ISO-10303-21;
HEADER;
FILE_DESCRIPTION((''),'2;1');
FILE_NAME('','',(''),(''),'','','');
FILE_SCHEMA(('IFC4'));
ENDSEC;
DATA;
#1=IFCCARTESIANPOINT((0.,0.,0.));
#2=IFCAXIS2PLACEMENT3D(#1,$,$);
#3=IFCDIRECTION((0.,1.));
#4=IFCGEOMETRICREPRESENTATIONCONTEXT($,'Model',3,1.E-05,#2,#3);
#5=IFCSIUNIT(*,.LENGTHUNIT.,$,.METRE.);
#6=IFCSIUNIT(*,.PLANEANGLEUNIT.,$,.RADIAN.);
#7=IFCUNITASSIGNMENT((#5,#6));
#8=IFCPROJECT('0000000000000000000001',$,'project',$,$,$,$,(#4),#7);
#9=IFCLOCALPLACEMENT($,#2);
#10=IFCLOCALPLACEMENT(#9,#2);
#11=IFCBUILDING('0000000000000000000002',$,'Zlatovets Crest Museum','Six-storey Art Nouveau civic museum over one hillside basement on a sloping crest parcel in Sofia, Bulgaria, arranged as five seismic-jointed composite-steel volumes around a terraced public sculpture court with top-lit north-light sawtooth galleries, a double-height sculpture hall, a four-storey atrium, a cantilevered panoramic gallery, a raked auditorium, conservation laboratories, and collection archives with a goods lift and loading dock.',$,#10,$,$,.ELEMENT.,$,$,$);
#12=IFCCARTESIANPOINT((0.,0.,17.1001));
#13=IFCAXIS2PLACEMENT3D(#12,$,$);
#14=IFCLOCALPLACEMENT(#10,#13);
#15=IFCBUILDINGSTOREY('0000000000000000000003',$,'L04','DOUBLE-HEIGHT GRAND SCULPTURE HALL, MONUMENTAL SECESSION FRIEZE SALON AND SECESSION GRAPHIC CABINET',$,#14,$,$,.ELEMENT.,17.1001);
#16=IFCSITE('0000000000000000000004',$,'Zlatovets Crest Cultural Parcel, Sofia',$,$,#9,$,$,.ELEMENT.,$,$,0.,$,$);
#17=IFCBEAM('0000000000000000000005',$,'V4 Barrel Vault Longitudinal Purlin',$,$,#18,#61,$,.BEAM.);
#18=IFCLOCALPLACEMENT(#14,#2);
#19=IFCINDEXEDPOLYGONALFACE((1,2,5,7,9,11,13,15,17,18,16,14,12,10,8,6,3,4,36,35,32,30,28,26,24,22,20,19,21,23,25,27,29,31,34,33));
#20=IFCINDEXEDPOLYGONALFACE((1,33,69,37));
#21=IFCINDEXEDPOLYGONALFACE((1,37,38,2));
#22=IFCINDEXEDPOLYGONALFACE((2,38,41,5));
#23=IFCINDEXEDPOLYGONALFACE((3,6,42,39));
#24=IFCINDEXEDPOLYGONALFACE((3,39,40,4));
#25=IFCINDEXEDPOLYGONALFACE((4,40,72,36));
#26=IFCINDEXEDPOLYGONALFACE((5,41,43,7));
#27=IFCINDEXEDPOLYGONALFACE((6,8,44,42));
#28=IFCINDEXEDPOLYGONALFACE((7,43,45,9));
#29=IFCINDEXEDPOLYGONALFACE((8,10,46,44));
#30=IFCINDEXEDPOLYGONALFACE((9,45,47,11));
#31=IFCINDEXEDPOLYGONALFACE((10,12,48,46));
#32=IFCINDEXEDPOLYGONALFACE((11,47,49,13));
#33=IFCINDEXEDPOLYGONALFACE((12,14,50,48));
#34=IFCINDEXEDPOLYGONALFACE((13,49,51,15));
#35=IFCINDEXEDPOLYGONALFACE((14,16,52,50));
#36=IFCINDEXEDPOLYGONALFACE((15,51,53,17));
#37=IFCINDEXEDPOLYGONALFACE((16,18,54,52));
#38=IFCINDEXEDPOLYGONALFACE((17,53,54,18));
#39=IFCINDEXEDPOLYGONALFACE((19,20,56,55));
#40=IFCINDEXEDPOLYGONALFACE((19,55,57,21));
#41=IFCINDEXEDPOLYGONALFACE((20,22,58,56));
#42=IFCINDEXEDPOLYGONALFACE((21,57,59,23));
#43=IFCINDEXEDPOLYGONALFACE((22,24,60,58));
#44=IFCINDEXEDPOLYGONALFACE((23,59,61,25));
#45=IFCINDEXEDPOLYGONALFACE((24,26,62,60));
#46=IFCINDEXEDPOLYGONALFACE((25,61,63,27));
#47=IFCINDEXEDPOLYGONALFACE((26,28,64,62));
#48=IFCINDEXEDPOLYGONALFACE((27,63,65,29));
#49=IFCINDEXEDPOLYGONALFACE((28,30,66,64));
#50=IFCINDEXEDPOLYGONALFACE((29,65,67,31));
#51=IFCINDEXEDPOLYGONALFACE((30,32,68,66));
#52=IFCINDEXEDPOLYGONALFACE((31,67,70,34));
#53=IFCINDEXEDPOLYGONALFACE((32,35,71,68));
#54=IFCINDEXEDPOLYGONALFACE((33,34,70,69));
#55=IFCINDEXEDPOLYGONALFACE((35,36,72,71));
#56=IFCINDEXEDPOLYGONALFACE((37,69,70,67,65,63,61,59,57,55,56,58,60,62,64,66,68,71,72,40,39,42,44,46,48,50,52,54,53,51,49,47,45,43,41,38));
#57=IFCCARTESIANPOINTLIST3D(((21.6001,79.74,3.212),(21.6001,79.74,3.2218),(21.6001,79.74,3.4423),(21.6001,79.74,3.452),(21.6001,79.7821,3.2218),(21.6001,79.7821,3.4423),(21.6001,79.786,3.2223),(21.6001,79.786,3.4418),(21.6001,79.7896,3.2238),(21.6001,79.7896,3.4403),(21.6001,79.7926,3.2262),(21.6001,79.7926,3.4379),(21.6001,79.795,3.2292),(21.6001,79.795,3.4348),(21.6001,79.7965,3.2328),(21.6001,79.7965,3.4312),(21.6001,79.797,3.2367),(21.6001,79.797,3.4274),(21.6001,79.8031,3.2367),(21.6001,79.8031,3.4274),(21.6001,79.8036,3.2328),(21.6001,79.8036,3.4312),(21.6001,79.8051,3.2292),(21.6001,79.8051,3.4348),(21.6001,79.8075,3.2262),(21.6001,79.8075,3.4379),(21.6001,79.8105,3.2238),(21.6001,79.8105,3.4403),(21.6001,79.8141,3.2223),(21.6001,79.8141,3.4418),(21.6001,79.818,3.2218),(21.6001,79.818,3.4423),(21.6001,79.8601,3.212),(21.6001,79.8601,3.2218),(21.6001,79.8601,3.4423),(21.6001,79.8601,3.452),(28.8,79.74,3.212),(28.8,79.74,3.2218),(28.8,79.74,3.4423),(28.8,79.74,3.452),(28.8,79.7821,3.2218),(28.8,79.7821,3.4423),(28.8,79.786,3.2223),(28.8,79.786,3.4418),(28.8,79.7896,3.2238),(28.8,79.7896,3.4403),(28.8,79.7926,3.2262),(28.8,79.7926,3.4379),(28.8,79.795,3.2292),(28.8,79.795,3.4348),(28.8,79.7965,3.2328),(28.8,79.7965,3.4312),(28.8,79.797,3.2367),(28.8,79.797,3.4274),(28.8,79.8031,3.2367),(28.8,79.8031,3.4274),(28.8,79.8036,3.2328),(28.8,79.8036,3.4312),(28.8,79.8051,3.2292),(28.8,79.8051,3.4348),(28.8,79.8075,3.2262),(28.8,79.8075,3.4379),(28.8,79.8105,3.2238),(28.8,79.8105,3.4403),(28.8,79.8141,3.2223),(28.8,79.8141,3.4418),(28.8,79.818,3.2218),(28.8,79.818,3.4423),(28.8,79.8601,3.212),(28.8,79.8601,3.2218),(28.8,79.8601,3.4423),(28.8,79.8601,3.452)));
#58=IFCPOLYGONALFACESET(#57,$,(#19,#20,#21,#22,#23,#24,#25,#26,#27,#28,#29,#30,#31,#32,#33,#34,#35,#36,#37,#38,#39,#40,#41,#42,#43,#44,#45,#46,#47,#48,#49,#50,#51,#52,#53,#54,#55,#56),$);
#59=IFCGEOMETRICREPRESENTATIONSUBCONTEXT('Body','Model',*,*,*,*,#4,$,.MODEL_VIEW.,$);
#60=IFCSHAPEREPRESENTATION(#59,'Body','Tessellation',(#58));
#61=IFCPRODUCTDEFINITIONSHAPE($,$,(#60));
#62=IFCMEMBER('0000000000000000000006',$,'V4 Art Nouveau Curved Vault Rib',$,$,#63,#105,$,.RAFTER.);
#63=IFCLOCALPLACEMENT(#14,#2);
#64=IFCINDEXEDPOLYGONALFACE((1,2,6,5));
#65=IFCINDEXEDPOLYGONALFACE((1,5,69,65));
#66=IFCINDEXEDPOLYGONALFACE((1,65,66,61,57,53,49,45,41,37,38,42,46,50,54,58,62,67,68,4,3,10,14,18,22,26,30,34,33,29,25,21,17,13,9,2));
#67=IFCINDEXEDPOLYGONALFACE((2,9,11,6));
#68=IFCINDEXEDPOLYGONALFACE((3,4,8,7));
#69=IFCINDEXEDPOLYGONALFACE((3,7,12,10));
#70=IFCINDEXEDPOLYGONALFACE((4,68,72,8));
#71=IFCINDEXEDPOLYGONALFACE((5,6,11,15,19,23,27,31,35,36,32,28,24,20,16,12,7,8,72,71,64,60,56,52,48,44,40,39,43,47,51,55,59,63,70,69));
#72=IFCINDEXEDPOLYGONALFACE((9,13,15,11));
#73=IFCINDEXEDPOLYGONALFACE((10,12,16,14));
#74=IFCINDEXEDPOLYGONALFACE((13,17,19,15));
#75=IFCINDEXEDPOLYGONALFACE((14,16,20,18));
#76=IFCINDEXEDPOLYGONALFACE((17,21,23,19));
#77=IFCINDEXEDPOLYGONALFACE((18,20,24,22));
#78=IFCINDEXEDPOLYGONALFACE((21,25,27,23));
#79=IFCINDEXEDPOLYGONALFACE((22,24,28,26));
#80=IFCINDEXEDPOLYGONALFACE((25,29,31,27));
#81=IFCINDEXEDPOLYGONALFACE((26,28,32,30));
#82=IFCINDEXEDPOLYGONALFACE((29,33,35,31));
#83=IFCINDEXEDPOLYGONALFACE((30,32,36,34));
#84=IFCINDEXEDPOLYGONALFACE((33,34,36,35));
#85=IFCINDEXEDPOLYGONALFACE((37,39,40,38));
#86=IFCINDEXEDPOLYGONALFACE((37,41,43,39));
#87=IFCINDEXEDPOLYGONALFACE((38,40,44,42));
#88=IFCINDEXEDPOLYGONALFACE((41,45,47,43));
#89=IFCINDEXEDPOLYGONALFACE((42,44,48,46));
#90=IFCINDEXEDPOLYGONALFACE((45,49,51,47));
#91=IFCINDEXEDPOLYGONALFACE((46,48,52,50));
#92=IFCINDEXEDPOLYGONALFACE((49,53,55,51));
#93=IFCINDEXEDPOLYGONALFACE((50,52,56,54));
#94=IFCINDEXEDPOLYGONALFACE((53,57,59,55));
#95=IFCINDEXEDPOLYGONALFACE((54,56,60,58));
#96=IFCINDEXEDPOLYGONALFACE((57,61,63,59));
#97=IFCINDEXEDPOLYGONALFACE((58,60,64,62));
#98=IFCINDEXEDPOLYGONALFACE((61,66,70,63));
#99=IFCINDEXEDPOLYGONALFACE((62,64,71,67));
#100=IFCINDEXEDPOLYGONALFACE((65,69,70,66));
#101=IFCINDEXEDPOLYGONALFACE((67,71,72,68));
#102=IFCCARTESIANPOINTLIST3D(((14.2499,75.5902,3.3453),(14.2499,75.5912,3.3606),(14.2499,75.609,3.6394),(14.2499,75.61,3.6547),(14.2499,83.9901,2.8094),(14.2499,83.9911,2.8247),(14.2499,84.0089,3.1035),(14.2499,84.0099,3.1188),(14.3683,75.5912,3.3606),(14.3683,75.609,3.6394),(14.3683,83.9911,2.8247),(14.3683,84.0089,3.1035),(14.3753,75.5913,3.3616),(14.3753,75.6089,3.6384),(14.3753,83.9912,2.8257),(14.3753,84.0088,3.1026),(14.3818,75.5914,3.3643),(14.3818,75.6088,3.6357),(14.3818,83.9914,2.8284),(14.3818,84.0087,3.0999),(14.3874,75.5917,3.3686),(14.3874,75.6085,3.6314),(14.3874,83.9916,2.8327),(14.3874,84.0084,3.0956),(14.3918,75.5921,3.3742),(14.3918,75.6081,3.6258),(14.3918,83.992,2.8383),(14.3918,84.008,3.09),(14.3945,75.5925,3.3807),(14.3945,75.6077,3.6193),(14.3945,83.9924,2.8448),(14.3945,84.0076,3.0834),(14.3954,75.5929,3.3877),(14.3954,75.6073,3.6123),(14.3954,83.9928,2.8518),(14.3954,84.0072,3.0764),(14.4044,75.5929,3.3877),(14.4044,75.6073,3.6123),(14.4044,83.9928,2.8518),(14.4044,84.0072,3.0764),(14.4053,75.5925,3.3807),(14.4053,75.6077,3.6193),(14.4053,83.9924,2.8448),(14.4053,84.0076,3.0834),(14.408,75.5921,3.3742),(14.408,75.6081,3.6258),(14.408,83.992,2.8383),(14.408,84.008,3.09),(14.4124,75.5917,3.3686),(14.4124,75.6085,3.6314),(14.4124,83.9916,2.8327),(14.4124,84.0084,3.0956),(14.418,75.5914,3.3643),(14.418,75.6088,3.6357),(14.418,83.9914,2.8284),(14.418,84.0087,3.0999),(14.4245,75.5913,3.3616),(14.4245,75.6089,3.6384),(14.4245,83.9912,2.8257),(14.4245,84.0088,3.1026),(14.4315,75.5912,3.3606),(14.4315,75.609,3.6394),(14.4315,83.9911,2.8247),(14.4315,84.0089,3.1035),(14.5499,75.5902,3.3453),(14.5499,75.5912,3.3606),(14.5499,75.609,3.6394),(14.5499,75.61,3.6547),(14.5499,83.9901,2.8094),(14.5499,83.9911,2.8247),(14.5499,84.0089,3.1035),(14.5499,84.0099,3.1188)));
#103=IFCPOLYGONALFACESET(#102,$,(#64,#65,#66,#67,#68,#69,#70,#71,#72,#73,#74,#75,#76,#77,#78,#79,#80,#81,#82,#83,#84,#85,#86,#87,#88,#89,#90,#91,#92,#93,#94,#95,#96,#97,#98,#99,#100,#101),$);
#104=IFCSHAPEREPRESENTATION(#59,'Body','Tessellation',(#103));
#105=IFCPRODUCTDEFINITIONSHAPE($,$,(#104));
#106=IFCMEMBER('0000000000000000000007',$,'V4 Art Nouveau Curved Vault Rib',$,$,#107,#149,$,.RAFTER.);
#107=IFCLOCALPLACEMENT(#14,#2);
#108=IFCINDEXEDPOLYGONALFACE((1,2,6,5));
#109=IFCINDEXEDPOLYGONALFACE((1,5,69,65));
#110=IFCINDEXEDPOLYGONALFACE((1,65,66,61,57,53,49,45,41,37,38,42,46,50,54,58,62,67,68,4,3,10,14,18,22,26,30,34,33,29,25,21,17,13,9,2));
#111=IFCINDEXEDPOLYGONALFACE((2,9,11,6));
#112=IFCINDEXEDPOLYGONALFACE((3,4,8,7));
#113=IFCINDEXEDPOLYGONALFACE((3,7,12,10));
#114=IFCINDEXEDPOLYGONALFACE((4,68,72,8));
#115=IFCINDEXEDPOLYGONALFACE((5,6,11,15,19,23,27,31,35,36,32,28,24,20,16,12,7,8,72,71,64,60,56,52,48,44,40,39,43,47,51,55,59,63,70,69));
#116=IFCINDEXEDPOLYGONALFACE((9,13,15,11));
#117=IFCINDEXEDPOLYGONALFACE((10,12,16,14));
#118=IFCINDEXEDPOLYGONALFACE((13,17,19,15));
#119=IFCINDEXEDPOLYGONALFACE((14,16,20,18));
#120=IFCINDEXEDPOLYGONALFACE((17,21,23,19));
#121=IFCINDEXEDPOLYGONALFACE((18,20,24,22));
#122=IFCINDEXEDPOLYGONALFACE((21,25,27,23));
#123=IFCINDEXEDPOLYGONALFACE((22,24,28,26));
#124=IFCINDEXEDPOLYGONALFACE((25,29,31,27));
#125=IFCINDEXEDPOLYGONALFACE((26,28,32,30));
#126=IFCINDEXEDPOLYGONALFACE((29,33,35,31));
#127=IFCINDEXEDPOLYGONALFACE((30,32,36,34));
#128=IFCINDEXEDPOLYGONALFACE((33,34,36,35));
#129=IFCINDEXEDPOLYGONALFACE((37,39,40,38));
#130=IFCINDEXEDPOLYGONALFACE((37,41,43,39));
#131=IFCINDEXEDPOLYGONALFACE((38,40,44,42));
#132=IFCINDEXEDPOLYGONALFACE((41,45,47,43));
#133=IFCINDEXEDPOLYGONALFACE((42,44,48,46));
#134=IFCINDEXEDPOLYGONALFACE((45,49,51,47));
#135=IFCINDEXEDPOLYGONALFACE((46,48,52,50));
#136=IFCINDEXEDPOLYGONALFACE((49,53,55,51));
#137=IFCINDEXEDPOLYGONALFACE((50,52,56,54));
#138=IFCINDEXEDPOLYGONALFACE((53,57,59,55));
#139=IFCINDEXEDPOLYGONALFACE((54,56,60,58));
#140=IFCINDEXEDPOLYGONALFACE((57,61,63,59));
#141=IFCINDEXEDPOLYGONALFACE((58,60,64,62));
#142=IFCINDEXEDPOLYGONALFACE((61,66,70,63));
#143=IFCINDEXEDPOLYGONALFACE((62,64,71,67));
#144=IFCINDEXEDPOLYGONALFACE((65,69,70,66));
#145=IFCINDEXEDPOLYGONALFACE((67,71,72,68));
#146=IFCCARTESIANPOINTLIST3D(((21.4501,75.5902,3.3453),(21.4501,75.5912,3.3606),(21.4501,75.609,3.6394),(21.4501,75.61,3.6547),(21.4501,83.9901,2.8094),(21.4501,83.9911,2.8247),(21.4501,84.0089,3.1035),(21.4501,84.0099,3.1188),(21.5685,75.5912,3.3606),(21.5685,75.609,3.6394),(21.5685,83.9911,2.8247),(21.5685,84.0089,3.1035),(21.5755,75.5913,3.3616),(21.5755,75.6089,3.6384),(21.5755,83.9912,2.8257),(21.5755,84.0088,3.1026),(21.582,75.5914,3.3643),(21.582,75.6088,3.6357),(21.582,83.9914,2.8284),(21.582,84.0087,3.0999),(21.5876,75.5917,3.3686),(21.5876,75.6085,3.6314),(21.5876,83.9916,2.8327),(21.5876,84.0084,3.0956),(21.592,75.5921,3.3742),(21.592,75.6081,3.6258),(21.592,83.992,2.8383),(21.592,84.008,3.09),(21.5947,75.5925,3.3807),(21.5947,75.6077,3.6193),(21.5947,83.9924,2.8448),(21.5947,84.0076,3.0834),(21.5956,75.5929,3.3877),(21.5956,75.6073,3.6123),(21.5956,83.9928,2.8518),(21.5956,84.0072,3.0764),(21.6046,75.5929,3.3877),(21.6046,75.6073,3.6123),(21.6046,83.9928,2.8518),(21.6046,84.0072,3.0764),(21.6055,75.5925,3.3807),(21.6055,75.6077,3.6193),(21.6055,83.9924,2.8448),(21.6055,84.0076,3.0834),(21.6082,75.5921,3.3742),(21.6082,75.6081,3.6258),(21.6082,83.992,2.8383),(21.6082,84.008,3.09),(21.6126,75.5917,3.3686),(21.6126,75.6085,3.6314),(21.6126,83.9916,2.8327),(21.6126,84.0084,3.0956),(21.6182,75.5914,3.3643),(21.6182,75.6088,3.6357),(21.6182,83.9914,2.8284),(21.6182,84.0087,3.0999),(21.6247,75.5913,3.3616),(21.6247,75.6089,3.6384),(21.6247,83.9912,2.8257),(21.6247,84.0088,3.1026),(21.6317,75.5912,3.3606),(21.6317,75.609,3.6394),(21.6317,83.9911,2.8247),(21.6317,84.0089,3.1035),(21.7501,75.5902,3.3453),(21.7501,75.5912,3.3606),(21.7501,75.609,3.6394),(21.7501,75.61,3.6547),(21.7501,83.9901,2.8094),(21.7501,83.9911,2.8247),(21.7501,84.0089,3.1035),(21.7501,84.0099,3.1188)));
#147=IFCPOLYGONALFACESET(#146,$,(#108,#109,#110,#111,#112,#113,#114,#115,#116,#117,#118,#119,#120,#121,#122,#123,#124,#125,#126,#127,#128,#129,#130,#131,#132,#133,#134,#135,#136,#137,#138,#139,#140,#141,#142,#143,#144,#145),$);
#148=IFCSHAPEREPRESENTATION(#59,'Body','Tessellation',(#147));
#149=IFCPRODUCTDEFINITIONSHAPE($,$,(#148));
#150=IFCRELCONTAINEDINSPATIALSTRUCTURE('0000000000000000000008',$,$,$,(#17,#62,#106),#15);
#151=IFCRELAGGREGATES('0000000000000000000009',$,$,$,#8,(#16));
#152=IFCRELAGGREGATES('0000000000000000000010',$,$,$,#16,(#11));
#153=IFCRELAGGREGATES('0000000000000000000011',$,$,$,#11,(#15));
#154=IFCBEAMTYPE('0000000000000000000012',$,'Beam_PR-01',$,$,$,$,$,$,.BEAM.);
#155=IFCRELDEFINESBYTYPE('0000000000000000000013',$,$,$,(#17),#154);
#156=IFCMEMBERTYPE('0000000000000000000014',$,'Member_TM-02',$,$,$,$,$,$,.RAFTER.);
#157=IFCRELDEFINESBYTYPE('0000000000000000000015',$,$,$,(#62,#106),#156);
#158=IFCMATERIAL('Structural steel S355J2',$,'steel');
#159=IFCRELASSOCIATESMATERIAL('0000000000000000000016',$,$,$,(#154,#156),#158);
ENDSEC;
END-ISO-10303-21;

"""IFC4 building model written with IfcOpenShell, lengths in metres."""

from ifc_helpers import new_model, si_unit, direction, frame, origin, origin_2d, place, context, subcontext, project, spatial, i_section, extrude, material, material_profile, profile_set, type_object, element, save


model = new_model("IFC4")

# Units and contexts
model_context = context("Model", 3, precision=1e-05, world=origin(), true_north=direction((0.0, 1.0)))
body_context = subcontext(model_context, "Body", "Model", "MODEL_VIEW")
ifc_project = project(units=[si_unit("LENGTHUNIT", "METRE"), si_unit("PLANEANGLEUNIT", "RADIAN")], contexts=[model_context])

# Site, building, storey
site_placement = place(None, origin())
site = spatial("IfcSite", under=ifc_project, at=site_placement, Name="Zlatovets Crest Cultural Parcel, Sofia", CompositionType="ELEMENT", RefElevation=0.0)
building_placement = place(site_placement, origin())
building = spatial("IfcBuilding", under=site, at=building_placement, Name="Zlatovets Crest Museum", Description="Six-storey Art Nouveau civic museum over one hillside basement on a sloping crest parcel in Sofia, Bulgaria, arranged as five seismic-jointed composite-steel volumes around a terraced public sculpture court with top-lit north-light sawtooth galleries, a double-height sculpture hall, a four-storey atrium, a cantilevered panoramic gallery, a raked auditorium, conservation laboratories, and collection archives with a goods lift and loading dock.", CompositionType="ELEMENT")
storey_placement = place(building_placement, frame((0.0, 0.0, 17.1001)))
storey = spatial("IfcBuildingStorey", under=building, at=storey_placement, Name="L04", Description="DOUBLE-HEIGHT GRAND SCULPTURE HALL, MONUMENTAL SECESSION FRIEZE SALON AND SECESSION GRAPHIC CABINET", CompositionType="ELEMENT", Elevation=17.1001)

# Beam
ifc_material_1 = material(Name="Structural steel S355J2", Category="steel")
ifc_material_profile_1 = material_profile(ifc_material_1, i_section(OverallWidth=0.1201, OverallDepth=0.24, WebThickness=0.0061, FlangeThickness=0.0098, FilletRadius=0.0149, at=origin_2d()), Name="IPE 240")
ifc_profile_set_1 = profile_set([ifc_material_profile_1], Name="Structural steel S355J2")
beam_type_1 = type_object("IfcBeamType", Name="Beam_PR-01", PredefinedType="BEAM", material=ifc_profile_set_1)
for number, where, z_axis, x_axis, name in (
    (1, (21.6001, 79.8, 3.332), (1.0, 0.0, 0.0), (0.0, 1.0, 0.0), "V4 Barrel Vault Longitudinal Purlin"),
):
    element("IfcBeam", number, at=place(storey_placement, frame(where, z_axis=z_axis, x_axis=x_axis)), inside=storey, type_object=beam_type_1, Name=name, PredefinedType="BEAM", context=body_context, shape_type="SweptSolid", body=[
        extrude(i_section(OverallWidth=0.1201, OverallDepth=0.24, WebThickness=0.0061, FlangeThickness=0.0098, FilletRadius=0.0149, at=origin_2d()), origin(), (0.0, 0.0, 1.0), 7.2),
    ])

# Members
ifc_material_profile_2 = material_profile(ifc_material_1, i_section(OverallWidth=0.3, OverallDepth=0.3101, WebThickness=0.009, FlangeThickness=0.0154, FilletRadius=0.0271, at=origin_2d()), Name="HEA 320")
ifc_profile_set_2 = profile_set([ifc_material_profile_2], Name="Structural steel S355J2")
member_type_1 = type_object("IfcMemberType", Name="Member_TM-02", PredefinedType="RAFTER", material=ifc_profile_set_2)
for number, where, z_axis, x_axis, name in (
    (2, (14.3999, 75.6001, 3.5), (0.0, 0.997971, -0.063668), (-1.0, 0.0, 0.0), "V4 Art Nouveau Curved Vault Rib"),
    (3, (21.6001, 75.6001, 3.5), (0.0, 0.997971, -0.063668), (-1.0, 0.0, 0.0), "V4 Art Nouveau Curved Vault Rib"),
):
    element("IfcMember", number, at=place(storey_placement, frame(where, z_axis=z_axis, x_axis=x_axis)), inside=storey, type_object=member_type_1, Name=name, PredefinedType="RAFTER", context=body_context, shape_type="SweptSolid", body=[
        extrude(i_section(OverallWidth=0.3, OverallDepth=0.3101, WebThickness=0.009, FlangeThickness=0.0154, FilletRadius=0.0271, at=origin_2d()), origin(), (0.0, 0.0, 1.0), 8.417),
    ])

save(model, "model.ifc")
